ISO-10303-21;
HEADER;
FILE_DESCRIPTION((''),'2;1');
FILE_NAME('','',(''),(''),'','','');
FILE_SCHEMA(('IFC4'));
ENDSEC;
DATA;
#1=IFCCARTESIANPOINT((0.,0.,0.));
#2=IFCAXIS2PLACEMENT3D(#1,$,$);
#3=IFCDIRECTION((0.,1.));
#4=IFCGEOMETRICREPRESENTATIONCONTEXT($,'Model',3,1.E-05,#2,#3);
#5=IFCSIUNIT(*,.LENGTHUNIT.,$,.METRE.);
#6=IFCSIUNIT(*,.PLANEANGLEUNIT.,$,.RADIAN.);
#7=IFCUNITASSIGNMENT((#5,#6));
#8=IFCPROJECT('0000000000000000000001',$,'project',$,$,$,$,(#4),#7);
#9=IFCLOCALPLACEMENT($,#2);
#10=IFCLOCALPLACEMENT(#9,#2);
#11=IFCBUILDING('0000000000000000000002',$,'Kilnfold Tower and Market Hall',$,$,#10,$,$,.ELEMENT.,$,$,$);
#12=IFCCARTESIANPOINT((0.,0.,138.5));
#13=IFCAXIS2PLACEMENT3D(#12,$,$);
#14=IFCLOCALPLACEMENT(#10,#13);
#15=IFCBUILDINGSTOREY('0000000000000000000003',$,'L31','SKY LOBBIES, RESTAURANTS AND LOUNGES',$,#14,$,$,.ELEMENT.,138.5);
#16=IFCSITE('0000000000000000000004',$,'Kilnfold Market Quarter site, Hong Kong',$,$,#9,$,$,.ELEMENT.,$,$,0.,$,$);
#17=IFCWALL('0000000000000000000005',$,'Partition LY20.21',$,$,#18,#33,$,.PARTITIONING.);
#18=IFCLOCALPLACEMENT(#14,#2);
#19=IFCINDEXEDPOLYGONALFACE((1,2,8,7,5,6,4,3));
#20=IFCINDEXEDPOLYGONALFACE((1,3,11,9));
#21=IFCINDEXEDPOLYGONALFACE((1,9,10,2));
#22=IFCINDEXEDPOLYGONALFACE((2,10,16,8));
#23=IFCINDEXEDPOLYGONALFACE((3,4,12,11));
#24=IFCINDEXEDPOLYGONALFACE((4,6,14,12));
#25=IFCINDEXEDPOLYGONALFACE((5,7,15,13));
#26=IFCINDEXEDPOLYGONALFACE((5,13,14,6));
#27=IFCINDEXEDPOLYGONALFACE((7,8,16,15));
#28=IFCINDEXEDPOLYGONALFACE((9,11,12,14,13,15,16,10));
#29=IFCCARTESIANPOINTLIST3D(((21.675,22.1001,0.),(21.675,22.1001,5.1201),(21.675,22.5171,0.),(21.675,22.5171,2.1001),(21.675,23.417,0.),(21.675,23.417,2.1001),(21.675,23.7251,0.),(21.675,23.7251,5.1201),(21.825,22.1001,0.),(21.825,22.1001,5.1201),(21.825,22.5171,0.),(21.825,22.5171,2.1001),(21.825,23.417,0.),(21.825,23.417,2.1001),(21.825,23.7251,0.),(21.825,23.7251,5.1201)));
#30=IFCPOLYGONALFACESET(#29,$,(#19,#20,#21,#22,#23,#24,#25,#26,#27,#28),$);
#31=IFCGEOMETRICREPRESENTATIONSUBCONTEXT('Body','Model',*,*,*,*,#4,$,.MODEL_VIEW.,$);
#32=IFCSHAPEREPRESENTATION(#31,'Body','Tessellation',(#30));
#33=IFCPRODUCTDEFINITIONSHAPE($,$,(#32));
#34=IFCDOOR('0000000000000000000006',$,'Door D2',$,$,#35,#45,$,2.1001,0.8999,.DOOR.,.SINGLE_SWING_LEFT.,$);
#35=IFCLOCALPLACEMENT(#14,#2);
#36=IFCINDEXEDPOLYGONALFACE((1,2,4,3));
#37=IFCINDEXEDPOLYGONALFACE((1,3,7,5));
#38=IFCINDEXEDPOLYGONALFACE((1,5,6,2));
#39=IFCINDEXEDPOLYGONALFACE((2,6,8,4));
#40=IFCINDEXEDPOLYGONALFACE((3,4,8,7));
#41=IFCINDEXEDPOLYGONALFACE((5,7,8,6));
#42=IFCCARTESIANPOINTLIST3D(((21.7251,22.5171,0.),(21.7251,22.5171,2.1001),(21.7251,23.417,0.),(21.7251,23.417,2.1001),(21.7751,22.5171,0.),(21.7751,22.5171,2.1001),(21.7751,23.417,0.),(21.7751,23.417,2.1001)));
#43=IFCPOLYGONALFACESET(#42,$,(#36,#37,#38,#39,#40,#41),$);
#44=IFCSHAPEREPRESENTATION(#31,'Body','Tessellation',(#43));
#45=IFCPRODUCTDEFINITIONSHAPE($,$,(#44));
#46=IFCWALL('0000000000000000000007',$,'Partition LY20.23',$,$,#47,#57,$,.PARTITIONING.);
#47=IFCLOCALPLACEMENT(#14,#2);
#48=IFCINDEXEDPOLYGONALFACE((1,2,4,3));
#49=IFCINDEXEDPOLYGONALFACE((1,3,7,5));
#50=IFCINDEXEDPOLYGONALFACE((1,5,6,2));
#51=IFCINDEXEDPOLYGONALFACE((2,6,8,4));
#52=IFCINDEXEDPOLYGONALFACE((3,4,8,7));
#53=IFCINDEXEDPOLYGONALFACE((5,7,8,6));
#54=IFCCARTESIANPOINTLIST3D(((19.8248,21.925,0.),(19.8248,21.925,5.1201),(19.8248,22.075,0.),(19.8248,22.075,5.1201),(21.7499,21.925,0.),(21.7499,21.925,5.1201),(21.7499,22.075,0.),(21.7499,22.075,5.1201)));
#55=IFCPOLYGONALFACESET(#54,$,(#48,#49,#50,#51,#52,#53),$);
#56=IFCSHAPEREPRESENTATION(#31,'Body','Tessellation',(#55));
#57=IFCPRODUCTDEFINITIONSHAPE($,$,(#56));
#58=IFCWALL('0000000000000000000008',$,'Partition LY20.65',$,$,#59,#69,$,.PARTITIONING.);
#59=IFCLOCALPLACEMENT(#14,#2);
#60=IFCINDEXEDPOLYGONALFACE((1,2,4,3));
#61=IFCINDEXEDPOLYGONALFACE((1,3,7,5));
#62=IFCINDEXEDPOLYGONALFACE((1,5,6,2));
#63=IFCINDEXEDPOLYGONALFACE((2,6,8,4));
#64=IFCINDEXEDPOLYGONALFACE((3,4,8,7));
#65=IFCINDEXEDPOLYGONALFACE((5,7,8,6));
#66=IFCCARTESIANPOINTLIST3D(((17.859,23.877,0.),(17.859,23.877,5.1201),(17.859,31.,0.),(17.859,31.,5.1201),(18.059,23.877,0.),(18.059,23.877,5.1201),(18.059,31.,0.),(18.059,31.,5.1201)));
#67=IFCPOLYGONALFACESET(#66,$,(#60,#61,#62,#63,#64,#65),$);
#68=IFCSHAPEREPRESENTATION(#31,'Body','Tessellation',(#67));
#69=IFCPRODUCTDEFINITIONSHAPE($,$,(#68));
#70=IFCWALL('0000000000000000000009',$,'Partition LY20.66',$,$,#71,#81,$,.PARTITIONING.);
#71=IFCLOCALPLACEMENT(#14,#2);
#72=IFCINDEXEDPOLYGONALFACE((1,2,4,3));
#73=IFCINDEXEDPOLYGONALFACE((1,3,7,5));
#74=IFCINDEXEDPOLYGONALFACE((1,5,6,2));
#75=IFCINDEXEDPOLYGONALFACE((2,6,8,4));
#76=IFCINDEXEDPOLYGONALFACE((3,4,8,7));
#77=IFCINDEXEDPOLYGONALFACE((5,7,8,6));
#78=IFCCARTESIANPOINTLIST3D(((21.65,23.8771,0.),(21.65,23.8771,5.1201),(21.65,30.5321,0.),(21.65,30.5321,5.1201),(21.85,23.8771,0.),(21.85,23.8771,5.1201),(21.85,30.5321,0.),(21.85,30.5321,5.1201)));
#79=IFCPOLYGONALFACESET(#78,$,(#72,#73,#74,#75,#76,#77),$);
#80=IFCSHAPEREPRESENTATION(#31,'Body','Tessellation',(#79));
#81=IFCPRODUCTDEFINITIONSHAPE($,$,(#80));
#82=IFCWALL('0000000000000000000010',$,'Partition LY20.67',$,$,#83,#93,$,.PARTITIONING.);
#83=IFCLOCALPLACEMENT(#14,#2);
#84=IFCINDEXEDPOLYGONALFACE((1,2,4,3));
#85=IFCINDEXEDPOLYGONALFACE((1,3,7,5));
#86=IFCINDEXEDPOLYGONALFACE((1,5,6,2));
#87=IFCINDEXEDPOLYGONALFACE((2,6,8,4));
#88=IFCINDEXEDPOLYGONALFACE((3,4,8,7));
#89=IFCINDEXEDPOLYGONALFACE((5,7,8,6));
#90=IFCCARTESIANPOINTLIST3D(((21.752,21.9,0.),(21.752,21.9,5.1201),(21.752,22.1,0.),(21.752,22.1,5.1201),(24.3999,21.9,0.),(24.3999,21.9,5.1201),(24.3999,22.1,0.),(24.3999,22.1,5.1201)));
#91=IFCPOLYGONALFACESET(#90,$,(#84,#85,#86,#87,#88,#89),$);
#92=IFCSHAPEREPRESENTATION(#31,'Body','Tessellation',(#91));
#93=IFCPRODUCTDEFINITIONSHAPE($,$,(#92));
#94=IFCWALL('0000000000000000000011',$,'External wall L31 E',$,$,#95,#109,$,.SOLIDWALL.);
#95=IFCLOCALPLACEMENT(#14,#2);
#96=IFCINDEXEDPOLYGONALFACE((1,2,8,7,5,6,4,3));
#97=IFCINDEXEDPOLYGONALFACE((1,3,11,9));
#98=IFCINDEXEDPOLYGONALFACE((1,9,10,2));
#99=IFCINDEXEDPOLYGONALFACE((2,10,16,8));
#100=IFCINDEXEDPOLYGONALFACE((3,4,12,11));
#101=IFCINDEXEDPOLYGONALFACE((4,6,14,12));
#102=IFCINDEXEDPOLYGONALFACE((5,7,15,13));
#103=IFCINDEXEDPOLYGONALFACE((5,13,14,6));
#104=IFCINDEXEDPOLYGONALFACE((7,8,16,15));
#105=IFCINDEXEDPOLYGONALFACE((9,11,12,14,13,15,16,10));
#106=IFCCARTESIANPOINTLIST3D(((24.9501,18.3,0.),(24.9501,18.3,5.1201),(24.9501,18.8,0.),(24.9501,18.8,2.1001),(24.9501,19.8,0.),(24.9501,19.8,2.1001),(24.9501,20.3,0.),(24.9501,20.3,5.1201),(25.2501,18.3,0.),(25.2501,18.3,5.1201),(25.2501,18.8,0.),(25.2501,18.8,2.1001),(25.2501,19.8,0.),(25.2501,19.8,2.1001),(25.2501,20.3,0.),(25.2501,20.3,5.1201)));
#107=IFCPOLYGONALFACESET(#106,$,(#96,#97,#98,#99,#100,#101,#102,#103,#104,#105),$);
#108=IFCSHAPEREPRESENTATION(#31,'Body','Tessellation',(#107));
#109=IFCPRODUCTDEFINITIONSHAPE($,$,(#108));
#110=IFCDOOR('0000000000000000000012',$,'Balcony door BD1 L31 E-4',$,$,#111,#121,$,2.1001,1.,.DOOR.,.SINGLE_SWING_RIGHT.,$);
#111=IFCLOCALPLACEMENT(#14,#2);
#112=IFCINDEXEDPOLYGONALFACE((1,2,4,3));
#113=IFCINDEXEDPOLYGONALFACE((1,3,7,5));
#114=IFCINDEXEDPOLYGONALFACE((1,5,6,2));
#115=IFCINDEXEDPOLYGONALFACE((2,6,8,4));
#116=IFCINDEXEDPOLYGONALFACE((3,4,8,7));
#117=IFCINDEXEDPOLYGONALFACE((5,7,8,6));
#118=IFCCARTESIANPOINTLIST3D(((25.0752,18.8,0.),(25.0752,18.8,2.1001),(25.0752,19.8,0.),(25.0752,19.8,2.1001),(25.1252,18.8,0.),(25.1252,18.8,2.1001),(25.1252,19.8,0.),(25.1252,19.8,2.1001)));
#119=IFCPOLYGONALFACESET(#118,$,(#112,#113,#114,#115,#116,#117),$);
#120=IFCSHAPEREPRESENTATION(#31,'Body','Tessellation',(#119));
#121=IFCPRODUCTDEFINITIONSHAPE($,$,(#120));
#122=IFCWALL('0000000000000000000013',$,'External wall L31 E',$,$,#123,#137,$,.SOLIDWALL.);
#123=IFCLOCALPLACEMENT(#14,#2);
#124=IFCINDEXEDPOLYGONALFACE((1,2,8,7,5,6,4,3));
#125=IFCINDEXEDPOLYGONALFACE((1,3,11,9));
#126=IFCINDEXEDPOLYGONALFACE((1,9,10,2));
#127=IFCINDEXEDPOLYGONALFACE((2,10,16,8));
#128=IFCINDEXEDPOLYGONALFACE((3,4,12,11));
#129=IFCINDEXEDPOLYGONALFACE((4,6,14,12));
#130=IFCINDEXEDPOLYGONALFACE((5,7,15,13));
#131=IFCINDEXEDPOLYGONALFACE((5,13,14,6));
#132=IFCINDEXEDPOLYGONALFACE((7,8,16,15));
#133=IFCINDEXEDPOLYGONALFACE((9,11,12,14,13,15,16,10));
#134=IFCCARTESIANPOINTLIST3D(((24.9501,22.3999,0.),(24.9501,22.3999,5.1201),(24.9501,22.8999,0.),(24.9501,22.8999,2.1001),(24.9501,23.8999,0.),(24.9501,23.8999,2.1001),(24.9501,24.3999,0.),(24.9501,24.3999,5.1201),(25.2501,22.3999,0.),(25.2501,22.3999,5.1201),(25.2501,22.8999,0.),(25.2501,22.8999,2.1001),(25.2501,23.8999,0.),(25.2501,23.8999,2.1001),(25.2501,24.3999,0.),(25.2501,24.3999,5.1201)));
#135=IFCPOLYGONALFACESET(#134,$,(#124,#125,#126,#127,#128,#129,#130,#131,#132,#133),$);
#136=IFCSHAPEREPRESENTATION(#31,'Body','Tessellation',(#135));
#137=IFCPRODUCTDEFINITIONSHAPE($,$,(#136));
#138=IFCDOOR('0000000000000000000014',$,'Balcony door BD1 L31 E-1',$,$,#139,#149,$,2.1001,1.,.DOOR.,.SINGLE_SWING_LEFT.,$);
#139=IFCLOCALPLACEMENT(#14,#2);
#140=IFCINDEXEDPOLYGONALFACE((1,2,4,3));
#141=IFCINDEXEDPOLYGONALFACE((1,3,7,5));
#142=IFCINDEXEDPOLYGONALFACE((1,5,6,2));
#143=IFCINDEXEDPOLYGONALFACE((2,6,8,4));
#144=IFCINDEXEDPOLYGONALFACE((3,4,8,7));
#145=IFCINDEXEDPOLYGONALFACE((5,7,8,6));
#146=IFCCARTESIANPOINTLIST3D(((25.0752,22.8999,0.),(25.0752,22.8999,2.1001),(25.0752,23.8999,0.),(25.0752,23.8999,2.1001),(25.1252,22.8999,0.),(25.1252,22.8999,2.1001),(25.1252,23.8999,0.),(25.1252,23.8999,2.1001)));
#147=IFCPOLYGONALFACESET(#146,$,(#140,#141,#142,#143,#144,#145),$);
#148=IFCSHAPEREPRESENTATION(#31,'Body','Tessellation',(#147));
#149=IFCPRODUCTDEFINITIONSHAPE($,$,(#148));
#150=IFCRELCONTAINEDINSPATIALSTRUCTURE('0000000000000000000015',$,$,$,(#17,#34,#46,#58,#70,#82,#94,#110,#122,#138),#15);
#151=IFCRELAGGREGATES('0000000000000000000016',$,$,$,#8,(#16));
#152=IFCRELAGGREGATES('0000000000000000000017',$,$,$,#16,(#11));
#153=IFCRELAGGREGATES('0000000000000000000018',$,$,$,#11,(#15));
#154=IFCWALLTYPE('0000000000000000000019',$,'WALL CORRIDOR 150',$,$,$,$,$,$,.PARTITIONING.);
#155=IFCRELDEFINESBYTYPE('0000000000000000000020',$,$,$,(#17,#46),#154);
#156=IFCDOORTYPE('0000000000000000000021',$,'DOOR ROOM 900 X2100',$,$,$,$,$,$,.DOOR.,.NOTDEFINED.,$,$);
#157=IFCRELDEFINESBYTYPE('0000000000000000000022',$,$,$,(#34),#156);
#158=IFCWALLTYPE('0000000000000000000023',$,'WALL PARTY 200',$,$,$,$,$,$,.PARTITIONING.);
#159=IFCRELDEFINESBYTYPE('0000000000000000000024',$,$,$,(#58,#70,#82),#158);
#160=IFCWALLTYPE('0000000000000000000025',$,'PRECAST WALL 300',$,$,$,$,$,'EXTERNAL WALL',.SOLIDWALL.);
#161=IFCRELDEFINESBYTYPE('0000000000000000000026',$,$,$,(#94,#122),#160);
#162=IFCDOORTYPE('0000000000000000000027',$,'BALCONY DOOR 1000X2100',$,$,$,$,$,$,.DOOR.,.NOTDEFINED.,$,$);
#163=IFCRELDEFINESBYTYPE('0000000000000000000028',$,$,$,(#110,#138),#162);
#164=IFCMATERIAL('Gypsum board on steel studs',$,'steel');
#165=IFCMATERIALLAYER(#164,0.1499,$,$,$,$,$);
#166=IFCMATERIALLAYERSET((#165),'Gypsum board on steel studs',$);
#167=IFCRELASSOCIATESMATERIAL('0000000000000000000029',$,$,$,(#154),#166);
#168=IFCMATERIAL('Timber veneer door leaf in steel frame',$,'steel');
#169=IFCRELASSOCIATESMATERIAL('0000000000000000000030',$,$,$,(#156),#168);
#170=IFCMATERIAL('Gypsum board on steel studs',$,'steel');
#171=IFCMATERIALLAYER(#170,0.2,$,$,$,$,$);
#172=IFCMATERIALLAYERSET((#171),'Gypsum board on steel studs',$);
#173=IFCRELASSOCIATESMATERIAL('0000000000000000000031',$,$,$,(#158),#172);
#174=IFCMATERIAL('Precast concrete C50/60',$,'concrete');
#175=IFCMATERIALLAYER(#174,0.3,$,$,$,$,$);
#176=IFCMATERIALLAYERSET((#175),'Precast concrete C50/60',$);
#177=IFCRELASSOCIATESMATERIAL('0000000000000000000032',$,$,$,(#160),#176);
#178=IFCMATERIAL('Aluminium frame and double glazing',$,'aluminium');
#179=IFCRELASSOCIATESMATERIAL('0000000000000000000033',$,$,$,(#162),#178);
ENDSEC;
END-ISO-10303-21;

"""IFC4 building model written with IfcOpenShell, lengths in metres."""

from ifc_helpers import new_model, si_unit, direction, frame, frame_2d, origin, place, context, subcontext, project, spatial, rectangle, extrude, source, transform, mapped, material, layer, layer_set, type_object, element, fill, save


model = new_model("IFC4")

# Units and contexts
model_context = context("Model", 3, precision=1e-05, world=origin(), true_north=direction((0.0, 1.0)))
body_context = subcontext(model_context, "Body", "Model", "MODEL_VIEW")
ifc_project = project(units=[si_unit("LENGTHUNIT", "METRE"), si_unit("PLANEANGLEUNIT", "RADIAN")], contexts=[model_context])

# Site, building, storey
site_placement = place(None, origin())
site = spatial("IfcSite", under=ifc_project, at=site_placement, Name="Kilnfold Market Quarter site, Hong Kong", CompositionType="ELEMENT", RefElevation=0.0)
building_placement = place(site_placement, origin())
building = spatial("IfcBuilding", under=site, at=building_placement, Name="Kilnfold Tower and Market Hall", CompositionType="ELEMENT")
storey_placement = place(building_placement, frame((0.0, 0.0, 138.5)))
storey = spatial("IfcBuildingStorey", under=building, at=storey_placement, Name="L31", Description="SKY LOBBIES, RESTAURANTS AND LOUNGES", CompositionType="ELEMENT", Elevation=138.5)

# Wall, opening, door
ifc_material_1 = material(Name="Gypsum board on steel studs", Category="steel")
ifc_layer_1 = layer(ifc_material_1, 0.1499)
ifc_layer_set_1 = layer_set([ifc_layer_1], Name="Gypsum board on steel studs")
wall_type_1 = type_object("IfcWallType", Name="WALL CORRIDOR 150", PredefinedType="PARTITIONING", material=ifc_layer_set_1)
wall_1_placement = place(storey_placement, frame((21.75, 22.1001, 0.0), z_axis=(0.0, 0.0, 1.0), x_axis=(0.0, 1.0, 0.0)))
wall_1 = element("IfcWall", 1, at=wall_1_placement, inside=storey, type_object=wall_type_1, Name="Partition LY20.21", PredefinedType="PARTITIONING", context=body_context, shape_type="SweptSolid", body=[
    extrude(rectangle(XDim=1.625, YDim=0.1499, at=frame_2d((0.8125, 0.0))), origin(), (0.0, 0.0, 1.0), 5.1201),
])
opening_1_placement = place(wall_1_placement, frame((0.417, 0.0, 0.0)))
opening_1 = element("IfcOpeningElement", 2, at=opening_1_placement, cuts=wall_1, PredefinedType="OPENING", context=body_context, shape_type="SweptSolid", body=[
    extrude(rectangle(XDim=0.8999, YDim=2.1001, at=frame_2d((0.45, 1.05))), frame((0.0, 0.085, 0.0), z_axis=(0.0, -1.0, 0.0), x_axis=(1.0, 0.0, 0.0)), (0.0, 0.0, 1.0), 0.1699),
])
ifc_material_2 = material(Name="Timber veneer door leaf in steel frame", Category="steel")
door_type_1 = type_object("IfcDoorType", Name="DOOR ROOM 900 X2100", OperationType="NOTDEFINED", PredefinedType="DOOR", material=ifc_material_2)
door_1_placement = place(opening_1_placement, origin())
door_1 = element("IfcDoor", 3, at=door_1_placement, inside=storey, type_object=door_type_1, Name="Door D2", OperationType="SINGLE_SWING_LEFT", OverallHeight=2.1001, OverallWidth=0.8999, PredefinedType="DOOR", context=body_context, shape_type="SweptSolid", body=[
    extrude(rectangle(XDim=0.8999, YDim=2.1001, at=frame_2d((0.45, 1.05))), frame((0.0, 0.0249, 0.0), z_axis=(0.0, -1.0, 0.0), x_axis=(1.0, 0.0, 0.0)), (0.0, 0.0, 1.0), 0.05),
])
fill(opening_1, door_1)

# Walls
wall_2_placement = place(storey_placement, frame((19.825, 22.0, 0.0), z_axis=(0.0, 0.0, 1.0), x_axis=(1.0, 0.0, 0.0)))
element("IfcWall", 4, at=wall_2_placement, inside=storey, type_object=wall_type_1, Name="Partition LY20.23", PredefinedType="PARTITIONING", context=body_context, shape_type="SweptSolid", body=[
    extrude(rectangle(XDim=1.925, YDim=0.1499, at=frame_2d((0.9624, 0.0))), origin(), (0.0, 0.0, 1.0), 5.1201),
])
ifc_material_3 = material(Name="Gypsum board on steel studs", Category="steel")
ifc_layer_2 = layer(ifc_material_3, 0.2)
ifc_layer_set_2 = layer_set([ifc_layer_2], Name="Gypsum board on steel studs")
wall_type_2 = type_object("IfcWallType", Name="WALL PARTY 200", PredefinedType="PARTITIONING", material=ifc_layer_set_2)
wall_3_placement = place(storey_placement, frame((17.959, 23.877, 0.0), z_axis=(0.0, 0.0, 1.0), x_axis=(0.0, 1.0, 0.0)))
element("IfcWall", 5, at=wall_3_placement, inside=storey, type_object=wall_type_2, Name="Partition LY20.65", PredefinedType="PARTITIONING", context=body_context, shape_type="SweptSolid", body=[
    extrude(rectangle(XDim=7.123, YDim=0.2, at=frame_2d((3.5615, 0.0))), origin(), (0.0, 0.0, 1.0), 5.1201),
])
wall_4_placement = place(storey_placement, frame((21.75, 23.877, 0.0), z_axis=(0.0, 0.0, 1.0), x_axis=(0.0, 1.0, 0.0)))
element("IfcWall", 6, at=wall_4_placement, inside=storey, type_object=wall_type_2, Name="Partition LY20.66", PredefinedType="PARTITIONING", context=body_context, shape_type="SweptSolid", body=[
    extrude(rectangle(XDim=6.655, YDim=0.2, at=frame_2d((3.3276, 0.0))), origin(), (0.0, 0.0, 1.0), 5.1201),
])
wall_5_placement = place(storey_placement, frame((21.752, 22.0, 0.0), z_axis=(0.0, 0.0, 1.0), x_axis=(1.0, 0.0, 0.0)))
element("IfcWall", 7, at=wall_5_placement, inside=storey, type_object=wall_type_2, Name="Partition LY20.67", PredefinedType="PARTITIONING", context=body_context, shape_type="SweptSolid", body=[
    extrude(rectangle(XDim=2.6479, YDim=0.2, at=frame_2d((1.324, 0.0))), origin(), (0.0, 0.0, 1.0), 5.1201),
])

# Walls, openings, doors
ifc_material_4 = material(Name="Precast concrete C50/60", Category="concrete")
ifc_layer_3 = layer(ifc_material_4, 0.3)
ifc_layer_set_3 = layer_set([ifc_layer_3], Name="Precast concrete C50/60")
wall_type_3 = type_object("IfcWallType", Name="PRECAST WALL 300", ElementType="EXTERNAL WALL", PredefinedType="SOLIDWALL", material=ifc_layer_set_3)
shared_shape_1 = source(origin(), body_context, "Body", "SweptSolid", [
    extrude(rectangle(XDim=2.0, YDim=0.3, at=frame_2d((1.0, 0.0))), origin(), (0.0, 0.0, 1.0), 5.1201),
])
wall_6_placement = place(storey_placement, frame((25.1001, 18.3, 0.0), z_axis=(0.0, 0.0, 1.0), x_axis=(0.0, 1.0, 0.0)))
wall_6 = element("IfcWall", 8, at=wall_6_placement, inside=storey, type_object=wall_type_3, Name="External wall L31 E", PredefinedType="SOLIDWALL", context=body_context, shape_type="MappedRepresentation", body=[
    mapped(shared_shape_1, transform((0.0, 0.0, 0.0))),
])
opening_2_placement = place(wall_6_placement, frame((0.5, 0.0, 0.0)))
opening_2 = element("IfcOpeningElement", 9, at=opening_2_placement, cuts=wall_6, PredefinedType="OPENING", context=body_context, shape_type="SweptSolid", body=[
    extrude(rectangle(XDim=1.0, YDim=2.1001, at=frame_2d((0.5, 1.05))), frame((0.0, 0.1602, 0.0), z_axis=(0.0, -1.0, 0.0), x_axis=(1.0, 0.0, 0.0)), (0.0, 0.0, 1.0), 0.3201),
])
ifc_material_5 = material(Name="Aluminium frame and double glazing", Category="aluminium")
door_type_2 = type_object("IfcDoorType", Name="BALCONY DOOR 1000X2100", OperationType="NOTDEFINED", PredefinedType="DOOR", material=ifc_material_5)
door_2_placement = place(opening_2_placement, origin())
door_2 = element("IfcDoor", 10, at=door_2_placement, inside=storey, type_object=door_type_2, Name="Balcony door BD1 L31 E-4", OperationType="SINGLE_SWING_RIGHT", OverallHeight=2.1001, OverallWidth=1.0, PredefinedType="DOOR", context=body_context, shape_type="SweptSolid", body=[
    extrude(rectangle(XDim=1.0, YDim=2.1001, at=frame_2d((0.5, 1.05))), frame((0.0, 0.0249, 0.0), z_axis=(0.0, -1.0, 0.0), x_axis=(1.0, 0.0, 0.0)), (0.0, 0.0, 1.0), 0.05),
])
fill(opening_2, door_2)
wall_7_placement = place(storey_placement, frame((25.1001, 22.3999, 0.0), z_axis=(0.0, 0.0, 1.0), x_axis=(0.0, 1.0, 0.0)))
wall_7 = element("IfcWall", 11, at=wall_7_placement, inside=storey, type_object=wall_type_3, Name="External wall L31 E", PredefinedType="SOLIDWALL", context=body_context, shape_type="MappedRepresentation", body=[
    mapped(shared_shape_1, transform((0.0, 0.0, 0.0))),
])
opening_3_placement = place(wall_7_placement, frame((0.5, 0.0, 0.0)))
opening_3 = element("IfcOpeningElement", 12, at=opening_3_placement, cuts=wall_7, PredefinedType="OPENING", context=body_context, shape_type="SweptSolid", body=[
    extrude(rectangle(XDim=1.0, YDim=2.1001, at=frame_2d((0.5, 1.05))), frame((0.0, 0.1602, 0.0), z_axis=(0.0, -1.0, 0.0), x_axis=(1.0, 0.0, 0.0)), (0.0, 0.0, 1.0), 0.3201),
])
door_3_placement = place(opening_3_placement, origin())
door_3 = element("IfcDoor", 13, at=door_3_placement, inside=storey, type_object=door_type_2, Name="Balcony door BD1 L31 E-1", OperationType="SINGLE_SWING_LEFT", OverallHeight=2.1001, OverallWidth=1.0, PredefinedType="DOOR", context=body_context, shape_type="SweptSolid", body=[
    extrude(rectangle(XDim=1.0, YDim=2.1001, at=frame_2d((0.5, 1.05))), frame((0.0, 0.0249, 0.0), z_axis=(0.0, -1.0, 0.0), x_axis=(1.0, 0.0, 0.0)), (0.0, 0.0, 1.0), 0.05),
])
fill(opening_3, door_3)

save(model, "model.ifc")
